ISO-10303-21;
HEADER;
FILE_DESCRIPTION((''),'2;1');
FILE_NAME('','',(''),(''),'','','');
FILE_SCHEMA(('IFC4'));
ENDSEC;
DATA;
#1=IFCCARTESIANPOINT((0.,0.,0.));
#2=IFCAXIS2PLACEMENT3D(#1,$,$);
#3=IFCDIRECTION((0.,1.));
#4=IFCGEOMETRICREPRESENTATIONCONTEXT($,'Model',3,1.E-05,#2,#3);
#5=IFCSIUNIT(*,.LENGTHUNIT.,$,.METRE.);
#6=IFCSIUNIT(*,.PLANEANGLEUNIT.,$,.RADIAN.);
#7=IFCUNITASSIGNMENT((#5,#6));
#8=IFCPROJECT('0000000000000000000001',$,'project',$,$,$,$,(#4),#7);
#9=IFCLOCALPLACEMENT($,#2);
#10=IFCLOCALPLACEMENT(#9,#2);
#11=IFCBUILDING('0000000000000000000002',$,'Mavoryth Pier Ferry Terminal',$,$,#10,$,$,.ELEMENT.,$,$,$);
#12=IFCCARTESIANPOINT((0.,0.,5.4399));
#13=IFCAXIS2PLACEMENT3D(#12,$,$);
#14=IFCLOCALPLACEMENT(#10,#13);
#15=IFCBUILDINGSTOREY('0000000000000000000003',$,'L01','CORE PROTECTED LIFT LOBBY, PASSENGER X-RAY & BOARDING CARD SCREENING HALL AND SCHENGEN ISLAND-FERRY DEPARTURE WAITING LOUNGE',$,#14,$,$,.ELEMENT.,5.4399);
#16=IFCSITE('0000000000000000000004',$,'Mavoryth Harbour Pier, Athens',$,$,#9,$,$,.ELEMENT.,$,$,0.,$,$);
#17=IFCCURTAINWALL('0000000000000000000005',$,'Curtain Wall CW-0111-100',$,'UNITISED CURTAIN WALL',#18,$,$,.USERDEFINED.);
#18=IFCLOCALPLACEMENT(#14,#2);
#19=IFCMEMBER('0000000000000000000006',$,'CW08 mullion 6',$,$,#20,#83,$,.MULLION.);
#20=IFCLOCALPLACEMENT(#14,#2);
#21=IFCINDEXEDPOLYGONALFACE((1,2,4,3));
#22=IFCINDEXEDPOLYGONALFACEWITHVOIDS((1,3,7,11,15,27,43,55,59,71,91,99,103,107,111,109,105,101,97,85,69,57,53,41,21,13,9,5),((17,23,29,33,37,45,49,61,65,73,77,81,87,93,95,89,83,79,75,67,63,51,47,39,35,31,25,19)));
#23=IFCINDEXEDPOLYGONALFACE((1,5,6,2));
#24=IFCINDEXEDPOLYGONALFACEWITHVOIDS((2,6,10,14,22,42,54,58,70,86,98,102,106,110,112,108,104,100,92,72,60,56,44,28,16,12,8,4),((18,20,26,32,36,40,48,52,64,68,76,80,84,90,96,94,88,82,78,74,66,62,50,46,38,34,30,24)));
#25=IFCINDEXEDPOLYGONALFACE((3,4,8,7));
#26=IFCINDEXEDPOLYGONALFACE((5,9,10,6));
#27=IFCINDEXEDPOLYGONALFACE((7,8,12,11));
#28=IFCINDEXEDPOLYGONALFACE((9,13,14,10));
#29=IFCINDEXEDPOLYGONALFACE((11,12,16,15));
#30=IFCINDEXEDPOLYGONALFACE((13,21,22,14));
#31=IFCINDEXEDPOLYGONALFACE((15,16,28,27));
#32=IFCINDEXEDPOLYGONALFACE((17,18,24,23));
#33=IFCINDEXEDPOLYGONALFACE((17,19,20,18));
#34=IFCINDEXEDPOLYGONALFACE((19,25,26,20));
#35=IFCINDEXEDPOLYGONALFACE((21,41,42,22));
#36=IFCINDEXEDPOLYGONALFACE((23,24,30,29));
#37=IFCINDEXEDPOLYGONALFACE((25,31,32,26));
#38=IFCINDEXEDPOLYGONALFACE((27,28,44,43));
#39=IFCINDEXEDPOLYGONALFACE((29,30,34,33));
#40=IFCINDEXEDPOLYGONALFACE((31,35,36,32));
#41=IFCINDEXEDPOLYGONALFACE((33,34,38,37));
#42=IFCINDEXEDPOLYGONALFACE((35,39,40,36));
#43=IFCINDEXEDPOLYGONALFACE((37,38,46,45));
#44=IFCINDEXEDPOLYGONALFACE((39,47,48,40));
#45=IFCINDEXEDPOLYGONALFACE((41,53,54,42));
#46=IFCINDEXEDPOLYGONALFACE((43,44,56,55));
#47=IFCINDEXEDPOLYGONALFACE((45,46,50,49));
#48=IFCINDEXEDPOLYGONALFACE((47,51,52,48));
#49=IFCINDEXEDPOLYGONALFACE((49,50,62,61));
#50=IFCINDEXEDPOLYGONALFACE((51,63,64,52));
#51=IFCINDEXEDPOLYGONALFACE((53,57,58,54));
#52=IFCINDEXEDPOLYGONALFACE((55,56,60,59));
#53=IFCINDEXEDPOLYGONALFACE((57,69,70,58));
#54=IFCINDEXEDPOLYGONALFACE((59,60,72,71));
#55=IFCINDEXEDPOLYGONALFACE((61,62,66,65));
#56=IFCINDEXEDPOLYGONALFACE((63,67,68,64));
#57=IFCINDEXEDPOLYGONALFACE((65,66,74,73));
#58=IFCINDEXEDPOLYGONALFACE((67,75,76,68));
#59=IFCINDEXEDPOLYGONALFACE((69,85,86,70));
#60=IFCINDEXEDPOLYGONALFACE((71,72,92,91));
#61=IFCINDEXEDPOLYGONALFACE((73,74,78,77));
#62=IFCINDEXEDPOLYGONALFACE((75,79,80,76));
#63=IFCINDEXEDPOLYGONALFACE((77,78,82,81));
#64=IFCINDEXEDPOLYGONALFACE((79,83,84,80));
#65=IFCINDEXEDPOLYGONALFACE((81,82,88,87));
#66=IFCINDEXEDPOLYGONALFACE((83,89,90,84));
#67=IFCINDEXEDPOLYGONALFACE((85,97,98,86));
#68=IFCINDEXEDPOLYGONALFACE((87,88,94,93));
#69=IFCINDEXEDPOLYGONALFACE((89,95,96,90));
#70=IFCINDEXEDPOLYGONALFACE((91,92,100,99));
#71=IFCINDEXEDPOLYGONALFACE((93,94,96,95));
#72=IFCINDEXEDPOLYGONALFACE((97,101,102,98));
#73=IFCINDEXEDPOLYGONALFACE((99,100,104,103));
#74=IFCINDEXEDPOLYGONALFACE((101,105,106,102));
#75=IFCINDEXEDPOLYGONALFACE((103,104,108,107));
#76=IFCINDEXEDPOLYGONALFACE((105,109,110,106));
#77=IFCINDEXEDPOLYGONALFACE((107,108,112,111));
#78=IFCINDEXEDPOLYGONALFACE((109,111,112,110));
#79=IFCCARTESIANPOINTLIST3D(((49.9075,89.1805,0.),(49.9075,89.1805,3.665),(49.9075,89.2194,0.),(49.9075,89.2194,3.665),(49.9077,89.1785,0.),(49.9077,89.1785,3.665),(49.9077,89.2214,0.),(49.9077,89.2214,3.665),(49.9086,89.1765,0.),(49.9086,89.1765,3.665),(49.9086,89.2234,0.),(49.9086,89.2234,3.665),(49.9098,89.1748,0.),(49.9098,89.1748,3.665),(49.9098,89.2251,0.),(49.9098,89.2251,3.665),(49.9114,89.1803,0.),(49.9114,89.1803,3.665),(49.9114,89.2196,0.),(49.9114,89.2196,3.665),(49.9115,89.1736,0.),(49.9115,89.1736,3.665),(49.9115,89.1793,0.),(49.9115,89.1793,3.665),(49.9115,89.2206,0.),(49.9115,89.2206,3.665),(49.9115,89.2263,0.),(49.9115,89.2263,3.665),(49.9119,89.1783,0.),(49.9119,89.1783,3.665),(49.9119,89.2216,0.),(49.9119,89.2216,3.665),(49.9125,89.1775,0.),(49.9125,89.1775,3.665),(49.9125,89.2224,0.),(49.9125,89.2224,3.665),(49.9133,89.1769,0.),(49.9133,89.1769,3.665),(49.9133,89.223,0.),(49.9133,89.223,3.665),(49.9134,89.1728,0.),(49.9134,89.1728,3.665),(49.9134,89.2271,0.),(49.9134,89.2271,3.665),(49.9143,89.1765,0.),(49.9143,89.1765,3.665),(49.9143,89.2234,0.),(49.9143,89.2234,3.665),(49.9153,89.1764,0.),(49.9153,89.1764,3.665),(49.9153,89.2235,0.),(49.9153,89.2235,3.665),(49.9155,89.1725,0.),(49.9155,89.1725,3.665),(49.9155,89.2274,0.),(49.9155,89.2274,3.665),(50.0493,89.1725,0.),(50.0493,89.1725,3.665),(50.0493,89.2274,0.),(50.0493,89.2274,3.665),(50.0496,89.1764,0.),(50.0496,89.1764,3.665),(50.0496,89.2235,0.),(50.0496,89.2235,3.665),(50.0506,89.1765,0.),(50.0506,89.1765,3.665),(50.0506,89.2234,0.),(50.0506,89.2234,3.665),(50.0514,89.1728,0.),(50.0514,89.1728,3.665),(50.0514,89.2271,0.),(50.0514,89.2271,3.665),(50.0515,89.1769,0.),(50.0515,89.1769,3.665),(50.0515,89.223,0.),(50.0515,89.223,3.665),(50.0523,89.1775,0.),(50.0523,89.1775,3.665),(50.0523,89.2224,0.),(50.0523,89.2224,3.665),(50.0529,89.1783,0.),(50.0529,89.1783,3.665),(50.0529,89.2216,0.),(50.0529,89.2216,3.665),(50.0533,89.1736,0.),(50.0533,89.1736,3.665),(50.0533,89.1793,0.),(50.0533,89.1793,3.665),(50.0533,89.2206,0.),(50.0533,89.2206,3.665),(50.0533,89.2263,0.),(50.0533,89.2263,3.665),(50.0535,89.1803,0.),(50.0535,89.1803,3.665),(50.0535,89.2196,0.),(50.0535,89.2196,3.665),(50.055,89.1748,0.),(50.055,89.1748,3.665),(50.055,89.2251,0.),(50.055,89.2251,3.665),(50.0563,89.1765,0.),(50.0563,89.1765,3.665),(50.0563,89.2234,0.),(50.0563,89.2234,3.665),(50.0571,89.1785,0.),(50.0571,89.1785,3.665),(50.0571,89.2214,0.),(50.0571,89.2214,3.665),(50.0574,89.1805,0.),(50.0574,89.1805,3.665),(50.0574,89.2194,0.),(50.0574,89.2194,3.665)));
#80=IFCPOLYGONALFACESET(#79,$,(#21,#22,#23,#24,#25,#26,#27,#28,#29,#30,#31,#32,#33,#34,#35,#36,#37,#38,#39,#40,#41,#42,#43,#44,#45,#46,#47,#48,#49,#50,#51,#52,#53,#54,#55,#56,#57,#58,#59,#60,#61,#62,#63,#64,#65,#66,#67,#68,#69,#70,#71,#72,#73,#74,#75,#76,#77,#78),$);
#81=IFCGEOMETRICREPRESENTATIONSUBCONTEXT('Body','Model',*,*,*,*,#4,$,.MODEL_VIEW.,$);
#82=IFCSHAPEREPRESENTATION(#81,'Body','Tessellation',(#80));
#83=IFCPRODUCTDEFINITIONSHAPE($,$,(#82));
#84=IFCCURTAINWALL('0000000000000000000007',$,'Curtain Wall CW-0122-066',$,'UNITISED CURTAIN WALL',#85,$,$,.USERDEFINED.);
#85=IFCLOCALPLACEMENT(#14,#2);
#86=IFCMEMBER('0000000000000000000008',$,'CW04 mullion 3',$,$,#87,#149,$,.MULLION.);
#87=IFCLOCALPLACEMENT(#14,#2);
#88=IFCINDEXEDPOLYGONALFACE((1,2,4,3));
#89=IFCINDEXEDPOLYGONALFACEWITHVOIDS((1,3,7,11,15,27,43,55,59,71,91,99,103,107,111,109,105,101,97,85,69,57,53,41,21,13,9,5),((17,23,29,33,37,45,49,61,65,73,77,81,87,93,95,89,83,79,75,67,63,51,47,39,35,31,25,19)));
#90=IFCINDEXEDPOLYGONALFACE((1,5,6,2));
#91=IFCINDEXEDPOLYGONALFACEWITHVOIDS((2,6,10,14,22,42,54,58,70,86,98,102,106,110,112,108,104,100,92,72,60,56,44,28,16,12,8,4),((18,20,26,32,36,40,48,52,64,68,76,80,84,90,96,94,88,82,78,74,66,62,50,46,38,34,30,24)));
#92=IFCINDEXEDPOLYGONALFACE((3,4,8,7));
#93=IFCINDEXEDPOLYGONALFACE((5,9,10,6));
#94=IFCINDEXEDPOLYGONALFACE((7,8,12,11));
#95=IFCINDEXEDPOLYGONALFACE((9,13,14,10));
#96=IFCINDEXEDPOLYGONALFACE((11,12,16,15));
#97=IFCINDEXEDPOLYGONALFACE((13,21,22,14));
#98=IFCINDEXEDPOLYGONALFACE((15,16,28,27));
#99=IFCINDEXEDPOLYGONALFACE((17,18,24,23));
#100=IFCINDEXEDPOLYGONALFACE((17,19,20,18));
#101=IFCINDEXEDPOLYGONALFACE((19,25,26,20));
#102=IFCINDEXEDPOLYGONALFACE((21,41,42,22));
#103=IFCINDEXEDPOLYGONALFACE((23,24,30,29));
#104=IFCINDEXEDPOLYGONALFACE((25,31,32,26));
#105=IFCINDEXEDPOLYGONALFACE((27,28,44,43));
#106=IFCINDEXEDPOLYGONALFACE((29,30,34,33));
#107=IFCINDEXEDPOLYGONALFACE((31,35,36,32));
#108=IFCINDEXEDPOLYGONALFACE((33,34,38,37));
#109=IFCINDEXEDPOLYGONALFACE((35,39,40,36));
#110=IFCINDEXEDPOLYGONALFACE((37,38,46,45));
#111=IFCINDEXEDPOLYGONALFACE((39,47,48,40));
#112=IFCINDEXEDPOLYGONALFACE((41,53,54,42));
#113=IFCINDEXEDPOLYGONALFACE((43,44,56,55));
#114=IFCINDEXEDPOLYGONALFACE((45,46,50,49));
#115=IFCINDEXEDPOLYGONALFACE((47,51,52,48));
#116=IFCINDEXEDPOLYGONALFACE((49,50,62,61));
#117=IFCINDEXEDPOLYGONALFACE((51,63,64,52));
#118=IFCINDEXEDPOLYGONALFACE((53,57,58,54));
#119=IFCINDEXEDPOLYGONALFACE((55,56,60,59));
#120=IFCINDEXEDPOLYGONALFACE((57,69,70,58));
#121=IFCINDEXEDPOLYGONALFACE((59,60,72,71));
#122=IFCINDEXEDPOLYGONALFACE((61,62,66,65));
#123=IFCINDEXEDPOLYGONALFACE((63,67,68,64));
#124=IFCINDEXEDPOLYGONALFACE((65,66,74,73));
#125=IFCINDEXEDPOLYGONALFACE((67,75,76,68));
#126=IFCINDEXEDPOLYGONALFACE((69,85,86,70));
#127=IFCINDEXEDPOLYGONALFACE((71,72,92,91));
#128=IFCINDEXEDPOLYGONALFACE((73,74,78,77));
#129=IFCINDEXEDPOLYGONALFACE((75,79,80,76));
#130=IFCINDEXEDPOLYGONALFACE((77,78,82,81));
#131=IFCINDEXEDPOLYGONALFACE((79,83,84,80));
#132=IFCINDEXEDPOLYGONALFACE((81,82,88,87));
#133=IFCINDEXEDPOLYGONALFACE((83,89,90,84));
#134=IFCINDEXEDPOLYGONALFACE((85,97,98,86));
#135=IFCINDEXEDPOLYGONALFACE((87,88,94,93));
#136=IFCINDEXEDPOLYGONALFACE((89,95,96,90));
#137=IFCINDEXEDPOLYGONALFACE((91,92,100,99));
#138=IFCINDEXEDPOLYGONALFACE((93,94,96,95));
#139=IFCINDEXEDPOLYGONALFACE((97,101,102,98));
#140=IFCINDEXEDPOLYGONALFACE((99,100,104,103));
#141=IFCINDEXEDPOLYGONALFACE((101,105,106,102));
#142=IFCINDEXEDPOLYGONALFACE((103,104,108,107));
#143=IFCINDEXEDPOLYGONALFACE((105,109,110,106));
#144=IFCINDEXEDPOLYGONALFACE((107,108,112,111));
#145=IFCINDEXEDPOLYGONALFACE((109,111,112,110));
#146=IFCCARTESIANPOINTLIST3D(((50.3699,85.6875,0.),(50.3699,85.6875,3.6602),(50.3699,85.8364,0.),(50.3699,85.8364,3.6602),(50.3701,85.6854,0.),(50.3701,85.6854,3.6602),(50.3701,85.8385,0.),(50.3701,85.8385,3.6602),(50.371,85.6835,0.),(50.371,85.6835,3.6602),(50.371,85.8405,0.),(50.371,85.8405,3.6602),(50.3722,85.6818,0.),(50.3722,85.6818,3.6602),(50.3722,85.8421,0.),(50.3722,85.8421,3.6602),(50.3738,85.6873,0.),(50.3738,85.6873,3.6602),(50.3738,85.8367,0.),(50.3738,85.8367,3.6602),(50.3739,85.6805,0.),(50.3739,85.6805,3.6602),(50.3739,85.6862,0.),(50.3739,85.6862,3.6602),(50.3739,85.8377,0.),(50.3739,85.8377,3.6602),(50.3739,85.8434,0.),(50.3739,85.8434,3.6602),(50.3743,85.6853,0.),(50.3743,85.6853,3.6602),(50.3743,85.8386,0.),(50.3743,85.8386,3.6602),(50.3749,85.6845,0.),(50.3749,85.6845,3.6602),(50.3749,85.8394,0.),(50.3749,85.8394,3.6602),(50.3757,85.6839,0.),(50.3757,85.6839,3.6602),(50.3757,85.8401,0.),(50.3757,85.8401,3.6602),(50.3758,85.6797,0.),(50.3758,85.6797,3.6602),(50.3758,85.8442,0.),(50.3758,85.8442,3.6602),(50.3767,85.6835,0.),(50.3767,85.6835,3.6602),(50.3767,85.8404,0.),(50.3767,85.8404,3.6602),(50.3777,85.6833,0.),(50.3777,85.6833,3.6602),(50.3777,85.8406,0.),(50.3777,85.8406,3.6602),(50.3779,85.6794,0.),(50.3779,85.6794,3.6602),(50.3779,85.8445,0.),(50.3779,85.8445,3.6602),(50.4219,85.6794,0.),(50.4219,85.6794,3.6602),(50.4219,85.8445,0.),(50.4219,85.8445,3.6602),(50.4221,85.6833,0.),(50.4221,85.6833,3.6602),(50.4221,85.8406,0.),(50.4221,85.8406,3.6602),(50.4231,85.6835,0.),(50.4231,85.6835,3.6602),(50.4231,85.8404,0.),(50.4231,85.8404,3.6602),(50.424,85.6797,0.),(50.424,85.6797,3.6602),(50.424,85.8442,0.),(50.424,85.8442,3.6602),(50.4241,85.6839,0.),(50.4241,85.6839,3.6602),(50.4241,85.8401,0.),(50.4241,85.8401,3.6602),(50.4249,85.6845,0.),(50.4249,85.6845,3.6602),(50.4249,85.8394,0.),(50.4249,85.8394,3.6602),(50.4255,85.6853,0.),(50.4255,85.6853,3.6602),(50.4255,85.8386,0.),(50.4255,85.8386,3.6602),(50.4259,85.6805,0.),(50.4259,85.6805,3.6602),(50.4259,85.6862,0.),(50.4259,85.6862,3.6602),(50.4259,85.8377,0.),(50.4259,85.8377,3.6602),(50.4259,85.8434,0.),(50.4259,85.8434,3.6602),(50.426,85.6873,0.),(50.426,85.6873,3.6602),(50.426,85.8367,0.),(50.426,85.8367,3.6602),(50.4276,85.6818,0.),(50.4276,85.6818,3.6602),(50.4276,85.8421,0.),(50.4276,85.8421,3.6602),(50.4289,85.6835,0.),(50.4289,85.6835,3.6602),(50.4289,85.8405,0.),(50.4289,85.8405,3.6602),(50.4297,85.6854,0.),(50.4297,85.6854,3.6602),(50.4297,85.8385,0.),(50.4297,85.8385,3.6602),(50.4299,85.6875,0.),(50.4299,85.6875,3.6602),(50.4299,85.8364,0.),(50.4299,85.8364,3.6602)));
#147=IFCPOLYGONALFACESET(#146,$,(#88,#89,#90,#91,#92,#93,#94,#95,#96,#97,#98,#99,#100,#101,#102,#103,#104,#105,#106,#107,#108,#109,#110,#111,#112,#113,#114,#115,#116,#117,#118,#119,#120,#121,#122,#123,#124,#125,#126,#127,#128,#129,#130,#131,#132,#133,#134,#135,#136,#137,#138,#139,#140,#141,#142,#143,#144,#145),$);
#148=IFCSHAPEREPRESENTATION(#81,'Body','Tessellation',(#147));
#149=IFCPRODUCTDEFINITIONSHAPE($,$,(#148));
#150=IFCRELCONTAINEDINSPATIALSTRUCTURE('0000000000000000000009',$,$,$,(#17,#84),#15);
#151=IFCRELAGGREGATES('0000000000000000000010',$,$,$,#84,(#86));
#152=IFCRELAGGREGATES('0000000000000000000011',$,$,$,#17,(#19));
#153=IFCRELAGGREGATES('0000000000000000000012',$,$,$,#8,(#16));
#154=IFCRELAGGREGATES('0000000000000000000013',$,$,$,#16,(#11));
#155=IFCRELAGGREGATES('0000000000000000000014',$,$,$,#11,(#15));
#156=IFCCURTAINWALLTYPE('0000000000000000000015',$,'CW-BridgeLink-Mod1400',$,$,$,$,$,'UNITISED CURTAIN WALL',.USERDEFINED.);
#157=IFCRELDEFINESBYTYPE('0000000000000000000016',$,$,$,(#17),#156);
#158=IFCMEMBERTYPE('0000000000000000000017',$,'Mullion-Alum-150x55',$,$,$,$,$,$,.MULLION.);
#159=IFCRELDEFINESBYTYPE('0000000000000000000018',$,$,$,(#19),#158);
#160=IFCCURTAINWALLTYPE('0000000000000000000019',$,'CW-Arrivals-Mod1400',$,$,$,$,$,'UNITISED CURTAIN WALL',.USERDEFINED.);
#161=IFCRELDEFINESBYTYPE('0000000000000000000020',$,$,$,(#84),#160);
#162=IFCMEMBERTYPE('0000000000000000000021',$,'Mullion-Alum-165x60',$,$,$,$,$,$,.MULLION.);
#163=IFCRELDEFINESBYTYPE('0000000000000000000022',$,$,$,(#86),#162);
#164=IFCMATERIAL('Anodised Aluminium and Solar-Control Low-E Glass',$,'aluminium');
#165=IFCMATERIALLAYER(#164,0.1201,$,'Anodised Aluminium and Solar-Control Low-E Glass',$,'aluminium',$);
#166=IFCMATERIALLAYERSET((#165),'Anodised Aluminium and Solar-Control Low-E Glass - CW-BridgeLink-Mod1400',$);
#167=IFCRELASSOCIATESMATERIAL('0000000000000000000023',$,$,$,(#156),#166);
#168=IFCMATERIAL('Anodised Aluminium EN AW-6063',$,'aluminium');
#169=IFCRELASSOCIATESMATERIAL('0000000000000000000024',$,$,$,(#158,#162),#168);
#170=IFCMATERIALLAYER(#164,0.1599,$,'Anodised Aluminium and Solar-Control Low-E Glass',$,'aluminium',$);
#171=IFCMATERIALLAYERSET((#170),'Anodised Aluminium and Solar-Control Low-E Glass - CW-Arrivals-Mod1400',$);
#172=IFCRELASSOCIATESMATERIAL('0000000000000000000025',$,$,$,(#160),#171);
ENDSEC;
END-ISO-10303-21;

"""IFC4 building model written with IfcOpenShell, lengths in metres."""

from ifc_helpers import new_model, si_unit, direction, frame, origin, origin_2d, place, context, subcontext, project, spatial, hollow_rectangle, extrude, material, layer, layer_set, material_profile, profile_set, type_object, element, aggregate, save


model = new_model("IFC4")

# Units and contexts
model_context = context("Model", 3, precision=1e-05, world=origin(), true_north=direction((0.0, 1.0)))
body_context = subcontext(model_context, "Body", "Model", "MODEL_VIEW")
ifc_project = project(units=[si_unit("LENGTHUNIT", "METRE"), si_unit("PLANEANGLEUNIT", "RADIAN")], contexts=[model_context])

# Site, building, storey
site_placement = place(None, origin())
site = spatial("IfcSite", under=ifc_project, at=site_placement, Name="Mavoryth Harbour Pier, Athens", CompositionType="ELEMENT", RefElevation=0.0)
building_placement = place(site_placement, origin())
building = spatial("IfcBuilding", under=site, at=building_placement, Name="Mavoryth Pier Ferry Terminal", CompositionType="ELEMENT")
storey_placement = place(building_placement, frame((0.0, 0.0, 5.4399)))
storey = spatial("IfcBuildingStorey", under=building, at=storey_placement, Name="L01", Description="CORE PROTECTED LIFT LOBBY, PASSENGER X-RAY & BOARDING CARD SCREENING HALL AND SCHENGEN ISLAND-FERRY DEPARTURE WAITING LOUNGE", CompositionType="ELEMENT", Elevation=5.4399)

# Curtain walls, members
ifc_material_1 = material(Name="Anodised Aluminium and Solar-Control Low-E Glass", Category="aluminium")
ifc_layer_1 = layer(ifc_material_1, 0.1201, Name="Anodised Aluminium and Solar-Control Low-E Glass", Category="aluminium")
ifc_layer_set_1 = layer_set([ifc_layer_1], Name="Anodised Aluminium and Solar-Control Low-E Glass - CW-BridgeLink-Mod1400")
curtain_wall_type_1 = type_object("IfcCurtainWallType", Name="CW-BridgeLink-Mod1400", ElementType="UNITISED CURTAIN WALL", PredefinedType="USERDEFINED", material=ifc_layer_set_1)
curtain_wall_1_placement = place(storey_placement, origin())
curtain_wall_1 = element("IfcCurtainWall", 1, at=curtain_wall_1_placement, inside=storey, type_object=curtain_wall_type_1, Name="Curtain Wall CW-0111-100", ObjectType="UNITISED CURTAIN WALL", PredefinedType="USERDEFINED")
ifc_material_2 = material(Name="Anodised Aluminium EN AW-6063", Category="aluminium")
ifc_material_profile_1 = material_profile(ifc_material_2, hollow_rectangle(XDim=0.0549, YDim=0.1499, WallThickness=0.0039, InnerFilletRadius=0.0039, OuterFilletRadius=0.0081, at=origin_2d()), Name="AL-MULL 150x55x4", Category="aluminium")
ifc_profile_set_1 = profile_set([ifc_material_profile_1], Name="Anodised Aluminium EN AW-6063 - AL-MULL 150x55x4")
member_type_1 = type_object("IfcMemberType", Name="Mullion-Alum-150x55", PredefinedType="MULLION", material=ifc_profile_set_1)
member_1_placement = place(storey_placement, frame((49.9824, 89.2, 0.0), z_axis=(0.0, 0.0, 1.0), x_axis=(0.0, 1.0, 0.0)))
member_1 = element("IfcMember", 2, at=member_1_placement, type_object=member_type_1, Name="CW08 mullion 6", PredefinedType="MULLION", context=body_context, shape_type="SweptSolid", body=[
    extrude(hollow_rectangle(XDim=0.0549, YDim=0.1499, WallThickness=0.0039, InnerFilletRadius=0.0039, OuterFilletRadius=0.0081, at=origin_2d()), origin(), (0.0, 0.0, 1.0), 3.665),
])
ifc_layer_2 = layer(ifc_material_1, 0.1599, Name="Anodised Aluminium and Solar-Control Low-E Glass", Category="aluminium")
ifc_layer_set_2 = layer_set([ifc_layer_2], Name="Anodised Aluminium and Solar-Control Low-E Glass - CW-Arrivals-Mod1400")
curtain_wall_type_2 = type_object("IfcCurtainWallType", Name="CW-Arrivals-Mod1400", ElementType="UNITISED CURTAIN WALL", PredefinedType="USERDEFINED", material=ifc_layer_set_2)
curtain_wall_2_placement = place(storey_placement, origin())
curtain_wall_2 = element("IfcCurtainWall", 3, at=curtain_wall_2_placement, inside=storey, type_object=curtain_wall_type_2, Name="Curtain Wall CW-0122-066", ObjectType="UNITISED CURTAIN WALL", PredefinedType="USERDEFINED")
ifc_material_profile_2 = material_profile(ifc_material_2, hollow_rectangle(XDim=0.0601, YDim=0.165, WallThickness=0.0039, InnerFilletRadius=0.0039, OuterFilletRadius=0.0081, at=origin_2d()), Name="AL-MULL 165x60x4", Category="aluminium")
ifc_profile_set_2 = profile_set([ifc_material_profile_2], Name="Anodised Aluminium EN AW-6063 - AL-MULL 165x60x4")
member_type_2 = type_object("IfcMemberType", Name="Mullion-Alum-165x60", PredefinedType="MULLION", material=ifc_profile_set_2)
member_2_placement = place(storey_placement, frame((50.3999, 85.762, 0.0), z_axis=(0.0, 0.0, 1.0), x_axis=(1.0, 0.0, 0.0)))
member_2 = element("IfcMember", 4, at=member_2_placement, type_object=member_type_2, Name="CW04 mullion 3", PredefinedType="MULLION", context=body_context, shape_type="SweptSolid", body=[
    extrude(hollow_rectangle(XDim=0.0601, YDim=0.165, WallThickness=0.0039, InnerFilletRadius=0.0039, OuterFilletRadius=0.0081, at=origin_2d()), origin(), (0.0, 0.0, 1.0), 3.6602),
])

aggregate(curtain_wall_2, [member_2])
aggregate(curtain_wall_1, [member_1])

save(model, "model.ifc")
